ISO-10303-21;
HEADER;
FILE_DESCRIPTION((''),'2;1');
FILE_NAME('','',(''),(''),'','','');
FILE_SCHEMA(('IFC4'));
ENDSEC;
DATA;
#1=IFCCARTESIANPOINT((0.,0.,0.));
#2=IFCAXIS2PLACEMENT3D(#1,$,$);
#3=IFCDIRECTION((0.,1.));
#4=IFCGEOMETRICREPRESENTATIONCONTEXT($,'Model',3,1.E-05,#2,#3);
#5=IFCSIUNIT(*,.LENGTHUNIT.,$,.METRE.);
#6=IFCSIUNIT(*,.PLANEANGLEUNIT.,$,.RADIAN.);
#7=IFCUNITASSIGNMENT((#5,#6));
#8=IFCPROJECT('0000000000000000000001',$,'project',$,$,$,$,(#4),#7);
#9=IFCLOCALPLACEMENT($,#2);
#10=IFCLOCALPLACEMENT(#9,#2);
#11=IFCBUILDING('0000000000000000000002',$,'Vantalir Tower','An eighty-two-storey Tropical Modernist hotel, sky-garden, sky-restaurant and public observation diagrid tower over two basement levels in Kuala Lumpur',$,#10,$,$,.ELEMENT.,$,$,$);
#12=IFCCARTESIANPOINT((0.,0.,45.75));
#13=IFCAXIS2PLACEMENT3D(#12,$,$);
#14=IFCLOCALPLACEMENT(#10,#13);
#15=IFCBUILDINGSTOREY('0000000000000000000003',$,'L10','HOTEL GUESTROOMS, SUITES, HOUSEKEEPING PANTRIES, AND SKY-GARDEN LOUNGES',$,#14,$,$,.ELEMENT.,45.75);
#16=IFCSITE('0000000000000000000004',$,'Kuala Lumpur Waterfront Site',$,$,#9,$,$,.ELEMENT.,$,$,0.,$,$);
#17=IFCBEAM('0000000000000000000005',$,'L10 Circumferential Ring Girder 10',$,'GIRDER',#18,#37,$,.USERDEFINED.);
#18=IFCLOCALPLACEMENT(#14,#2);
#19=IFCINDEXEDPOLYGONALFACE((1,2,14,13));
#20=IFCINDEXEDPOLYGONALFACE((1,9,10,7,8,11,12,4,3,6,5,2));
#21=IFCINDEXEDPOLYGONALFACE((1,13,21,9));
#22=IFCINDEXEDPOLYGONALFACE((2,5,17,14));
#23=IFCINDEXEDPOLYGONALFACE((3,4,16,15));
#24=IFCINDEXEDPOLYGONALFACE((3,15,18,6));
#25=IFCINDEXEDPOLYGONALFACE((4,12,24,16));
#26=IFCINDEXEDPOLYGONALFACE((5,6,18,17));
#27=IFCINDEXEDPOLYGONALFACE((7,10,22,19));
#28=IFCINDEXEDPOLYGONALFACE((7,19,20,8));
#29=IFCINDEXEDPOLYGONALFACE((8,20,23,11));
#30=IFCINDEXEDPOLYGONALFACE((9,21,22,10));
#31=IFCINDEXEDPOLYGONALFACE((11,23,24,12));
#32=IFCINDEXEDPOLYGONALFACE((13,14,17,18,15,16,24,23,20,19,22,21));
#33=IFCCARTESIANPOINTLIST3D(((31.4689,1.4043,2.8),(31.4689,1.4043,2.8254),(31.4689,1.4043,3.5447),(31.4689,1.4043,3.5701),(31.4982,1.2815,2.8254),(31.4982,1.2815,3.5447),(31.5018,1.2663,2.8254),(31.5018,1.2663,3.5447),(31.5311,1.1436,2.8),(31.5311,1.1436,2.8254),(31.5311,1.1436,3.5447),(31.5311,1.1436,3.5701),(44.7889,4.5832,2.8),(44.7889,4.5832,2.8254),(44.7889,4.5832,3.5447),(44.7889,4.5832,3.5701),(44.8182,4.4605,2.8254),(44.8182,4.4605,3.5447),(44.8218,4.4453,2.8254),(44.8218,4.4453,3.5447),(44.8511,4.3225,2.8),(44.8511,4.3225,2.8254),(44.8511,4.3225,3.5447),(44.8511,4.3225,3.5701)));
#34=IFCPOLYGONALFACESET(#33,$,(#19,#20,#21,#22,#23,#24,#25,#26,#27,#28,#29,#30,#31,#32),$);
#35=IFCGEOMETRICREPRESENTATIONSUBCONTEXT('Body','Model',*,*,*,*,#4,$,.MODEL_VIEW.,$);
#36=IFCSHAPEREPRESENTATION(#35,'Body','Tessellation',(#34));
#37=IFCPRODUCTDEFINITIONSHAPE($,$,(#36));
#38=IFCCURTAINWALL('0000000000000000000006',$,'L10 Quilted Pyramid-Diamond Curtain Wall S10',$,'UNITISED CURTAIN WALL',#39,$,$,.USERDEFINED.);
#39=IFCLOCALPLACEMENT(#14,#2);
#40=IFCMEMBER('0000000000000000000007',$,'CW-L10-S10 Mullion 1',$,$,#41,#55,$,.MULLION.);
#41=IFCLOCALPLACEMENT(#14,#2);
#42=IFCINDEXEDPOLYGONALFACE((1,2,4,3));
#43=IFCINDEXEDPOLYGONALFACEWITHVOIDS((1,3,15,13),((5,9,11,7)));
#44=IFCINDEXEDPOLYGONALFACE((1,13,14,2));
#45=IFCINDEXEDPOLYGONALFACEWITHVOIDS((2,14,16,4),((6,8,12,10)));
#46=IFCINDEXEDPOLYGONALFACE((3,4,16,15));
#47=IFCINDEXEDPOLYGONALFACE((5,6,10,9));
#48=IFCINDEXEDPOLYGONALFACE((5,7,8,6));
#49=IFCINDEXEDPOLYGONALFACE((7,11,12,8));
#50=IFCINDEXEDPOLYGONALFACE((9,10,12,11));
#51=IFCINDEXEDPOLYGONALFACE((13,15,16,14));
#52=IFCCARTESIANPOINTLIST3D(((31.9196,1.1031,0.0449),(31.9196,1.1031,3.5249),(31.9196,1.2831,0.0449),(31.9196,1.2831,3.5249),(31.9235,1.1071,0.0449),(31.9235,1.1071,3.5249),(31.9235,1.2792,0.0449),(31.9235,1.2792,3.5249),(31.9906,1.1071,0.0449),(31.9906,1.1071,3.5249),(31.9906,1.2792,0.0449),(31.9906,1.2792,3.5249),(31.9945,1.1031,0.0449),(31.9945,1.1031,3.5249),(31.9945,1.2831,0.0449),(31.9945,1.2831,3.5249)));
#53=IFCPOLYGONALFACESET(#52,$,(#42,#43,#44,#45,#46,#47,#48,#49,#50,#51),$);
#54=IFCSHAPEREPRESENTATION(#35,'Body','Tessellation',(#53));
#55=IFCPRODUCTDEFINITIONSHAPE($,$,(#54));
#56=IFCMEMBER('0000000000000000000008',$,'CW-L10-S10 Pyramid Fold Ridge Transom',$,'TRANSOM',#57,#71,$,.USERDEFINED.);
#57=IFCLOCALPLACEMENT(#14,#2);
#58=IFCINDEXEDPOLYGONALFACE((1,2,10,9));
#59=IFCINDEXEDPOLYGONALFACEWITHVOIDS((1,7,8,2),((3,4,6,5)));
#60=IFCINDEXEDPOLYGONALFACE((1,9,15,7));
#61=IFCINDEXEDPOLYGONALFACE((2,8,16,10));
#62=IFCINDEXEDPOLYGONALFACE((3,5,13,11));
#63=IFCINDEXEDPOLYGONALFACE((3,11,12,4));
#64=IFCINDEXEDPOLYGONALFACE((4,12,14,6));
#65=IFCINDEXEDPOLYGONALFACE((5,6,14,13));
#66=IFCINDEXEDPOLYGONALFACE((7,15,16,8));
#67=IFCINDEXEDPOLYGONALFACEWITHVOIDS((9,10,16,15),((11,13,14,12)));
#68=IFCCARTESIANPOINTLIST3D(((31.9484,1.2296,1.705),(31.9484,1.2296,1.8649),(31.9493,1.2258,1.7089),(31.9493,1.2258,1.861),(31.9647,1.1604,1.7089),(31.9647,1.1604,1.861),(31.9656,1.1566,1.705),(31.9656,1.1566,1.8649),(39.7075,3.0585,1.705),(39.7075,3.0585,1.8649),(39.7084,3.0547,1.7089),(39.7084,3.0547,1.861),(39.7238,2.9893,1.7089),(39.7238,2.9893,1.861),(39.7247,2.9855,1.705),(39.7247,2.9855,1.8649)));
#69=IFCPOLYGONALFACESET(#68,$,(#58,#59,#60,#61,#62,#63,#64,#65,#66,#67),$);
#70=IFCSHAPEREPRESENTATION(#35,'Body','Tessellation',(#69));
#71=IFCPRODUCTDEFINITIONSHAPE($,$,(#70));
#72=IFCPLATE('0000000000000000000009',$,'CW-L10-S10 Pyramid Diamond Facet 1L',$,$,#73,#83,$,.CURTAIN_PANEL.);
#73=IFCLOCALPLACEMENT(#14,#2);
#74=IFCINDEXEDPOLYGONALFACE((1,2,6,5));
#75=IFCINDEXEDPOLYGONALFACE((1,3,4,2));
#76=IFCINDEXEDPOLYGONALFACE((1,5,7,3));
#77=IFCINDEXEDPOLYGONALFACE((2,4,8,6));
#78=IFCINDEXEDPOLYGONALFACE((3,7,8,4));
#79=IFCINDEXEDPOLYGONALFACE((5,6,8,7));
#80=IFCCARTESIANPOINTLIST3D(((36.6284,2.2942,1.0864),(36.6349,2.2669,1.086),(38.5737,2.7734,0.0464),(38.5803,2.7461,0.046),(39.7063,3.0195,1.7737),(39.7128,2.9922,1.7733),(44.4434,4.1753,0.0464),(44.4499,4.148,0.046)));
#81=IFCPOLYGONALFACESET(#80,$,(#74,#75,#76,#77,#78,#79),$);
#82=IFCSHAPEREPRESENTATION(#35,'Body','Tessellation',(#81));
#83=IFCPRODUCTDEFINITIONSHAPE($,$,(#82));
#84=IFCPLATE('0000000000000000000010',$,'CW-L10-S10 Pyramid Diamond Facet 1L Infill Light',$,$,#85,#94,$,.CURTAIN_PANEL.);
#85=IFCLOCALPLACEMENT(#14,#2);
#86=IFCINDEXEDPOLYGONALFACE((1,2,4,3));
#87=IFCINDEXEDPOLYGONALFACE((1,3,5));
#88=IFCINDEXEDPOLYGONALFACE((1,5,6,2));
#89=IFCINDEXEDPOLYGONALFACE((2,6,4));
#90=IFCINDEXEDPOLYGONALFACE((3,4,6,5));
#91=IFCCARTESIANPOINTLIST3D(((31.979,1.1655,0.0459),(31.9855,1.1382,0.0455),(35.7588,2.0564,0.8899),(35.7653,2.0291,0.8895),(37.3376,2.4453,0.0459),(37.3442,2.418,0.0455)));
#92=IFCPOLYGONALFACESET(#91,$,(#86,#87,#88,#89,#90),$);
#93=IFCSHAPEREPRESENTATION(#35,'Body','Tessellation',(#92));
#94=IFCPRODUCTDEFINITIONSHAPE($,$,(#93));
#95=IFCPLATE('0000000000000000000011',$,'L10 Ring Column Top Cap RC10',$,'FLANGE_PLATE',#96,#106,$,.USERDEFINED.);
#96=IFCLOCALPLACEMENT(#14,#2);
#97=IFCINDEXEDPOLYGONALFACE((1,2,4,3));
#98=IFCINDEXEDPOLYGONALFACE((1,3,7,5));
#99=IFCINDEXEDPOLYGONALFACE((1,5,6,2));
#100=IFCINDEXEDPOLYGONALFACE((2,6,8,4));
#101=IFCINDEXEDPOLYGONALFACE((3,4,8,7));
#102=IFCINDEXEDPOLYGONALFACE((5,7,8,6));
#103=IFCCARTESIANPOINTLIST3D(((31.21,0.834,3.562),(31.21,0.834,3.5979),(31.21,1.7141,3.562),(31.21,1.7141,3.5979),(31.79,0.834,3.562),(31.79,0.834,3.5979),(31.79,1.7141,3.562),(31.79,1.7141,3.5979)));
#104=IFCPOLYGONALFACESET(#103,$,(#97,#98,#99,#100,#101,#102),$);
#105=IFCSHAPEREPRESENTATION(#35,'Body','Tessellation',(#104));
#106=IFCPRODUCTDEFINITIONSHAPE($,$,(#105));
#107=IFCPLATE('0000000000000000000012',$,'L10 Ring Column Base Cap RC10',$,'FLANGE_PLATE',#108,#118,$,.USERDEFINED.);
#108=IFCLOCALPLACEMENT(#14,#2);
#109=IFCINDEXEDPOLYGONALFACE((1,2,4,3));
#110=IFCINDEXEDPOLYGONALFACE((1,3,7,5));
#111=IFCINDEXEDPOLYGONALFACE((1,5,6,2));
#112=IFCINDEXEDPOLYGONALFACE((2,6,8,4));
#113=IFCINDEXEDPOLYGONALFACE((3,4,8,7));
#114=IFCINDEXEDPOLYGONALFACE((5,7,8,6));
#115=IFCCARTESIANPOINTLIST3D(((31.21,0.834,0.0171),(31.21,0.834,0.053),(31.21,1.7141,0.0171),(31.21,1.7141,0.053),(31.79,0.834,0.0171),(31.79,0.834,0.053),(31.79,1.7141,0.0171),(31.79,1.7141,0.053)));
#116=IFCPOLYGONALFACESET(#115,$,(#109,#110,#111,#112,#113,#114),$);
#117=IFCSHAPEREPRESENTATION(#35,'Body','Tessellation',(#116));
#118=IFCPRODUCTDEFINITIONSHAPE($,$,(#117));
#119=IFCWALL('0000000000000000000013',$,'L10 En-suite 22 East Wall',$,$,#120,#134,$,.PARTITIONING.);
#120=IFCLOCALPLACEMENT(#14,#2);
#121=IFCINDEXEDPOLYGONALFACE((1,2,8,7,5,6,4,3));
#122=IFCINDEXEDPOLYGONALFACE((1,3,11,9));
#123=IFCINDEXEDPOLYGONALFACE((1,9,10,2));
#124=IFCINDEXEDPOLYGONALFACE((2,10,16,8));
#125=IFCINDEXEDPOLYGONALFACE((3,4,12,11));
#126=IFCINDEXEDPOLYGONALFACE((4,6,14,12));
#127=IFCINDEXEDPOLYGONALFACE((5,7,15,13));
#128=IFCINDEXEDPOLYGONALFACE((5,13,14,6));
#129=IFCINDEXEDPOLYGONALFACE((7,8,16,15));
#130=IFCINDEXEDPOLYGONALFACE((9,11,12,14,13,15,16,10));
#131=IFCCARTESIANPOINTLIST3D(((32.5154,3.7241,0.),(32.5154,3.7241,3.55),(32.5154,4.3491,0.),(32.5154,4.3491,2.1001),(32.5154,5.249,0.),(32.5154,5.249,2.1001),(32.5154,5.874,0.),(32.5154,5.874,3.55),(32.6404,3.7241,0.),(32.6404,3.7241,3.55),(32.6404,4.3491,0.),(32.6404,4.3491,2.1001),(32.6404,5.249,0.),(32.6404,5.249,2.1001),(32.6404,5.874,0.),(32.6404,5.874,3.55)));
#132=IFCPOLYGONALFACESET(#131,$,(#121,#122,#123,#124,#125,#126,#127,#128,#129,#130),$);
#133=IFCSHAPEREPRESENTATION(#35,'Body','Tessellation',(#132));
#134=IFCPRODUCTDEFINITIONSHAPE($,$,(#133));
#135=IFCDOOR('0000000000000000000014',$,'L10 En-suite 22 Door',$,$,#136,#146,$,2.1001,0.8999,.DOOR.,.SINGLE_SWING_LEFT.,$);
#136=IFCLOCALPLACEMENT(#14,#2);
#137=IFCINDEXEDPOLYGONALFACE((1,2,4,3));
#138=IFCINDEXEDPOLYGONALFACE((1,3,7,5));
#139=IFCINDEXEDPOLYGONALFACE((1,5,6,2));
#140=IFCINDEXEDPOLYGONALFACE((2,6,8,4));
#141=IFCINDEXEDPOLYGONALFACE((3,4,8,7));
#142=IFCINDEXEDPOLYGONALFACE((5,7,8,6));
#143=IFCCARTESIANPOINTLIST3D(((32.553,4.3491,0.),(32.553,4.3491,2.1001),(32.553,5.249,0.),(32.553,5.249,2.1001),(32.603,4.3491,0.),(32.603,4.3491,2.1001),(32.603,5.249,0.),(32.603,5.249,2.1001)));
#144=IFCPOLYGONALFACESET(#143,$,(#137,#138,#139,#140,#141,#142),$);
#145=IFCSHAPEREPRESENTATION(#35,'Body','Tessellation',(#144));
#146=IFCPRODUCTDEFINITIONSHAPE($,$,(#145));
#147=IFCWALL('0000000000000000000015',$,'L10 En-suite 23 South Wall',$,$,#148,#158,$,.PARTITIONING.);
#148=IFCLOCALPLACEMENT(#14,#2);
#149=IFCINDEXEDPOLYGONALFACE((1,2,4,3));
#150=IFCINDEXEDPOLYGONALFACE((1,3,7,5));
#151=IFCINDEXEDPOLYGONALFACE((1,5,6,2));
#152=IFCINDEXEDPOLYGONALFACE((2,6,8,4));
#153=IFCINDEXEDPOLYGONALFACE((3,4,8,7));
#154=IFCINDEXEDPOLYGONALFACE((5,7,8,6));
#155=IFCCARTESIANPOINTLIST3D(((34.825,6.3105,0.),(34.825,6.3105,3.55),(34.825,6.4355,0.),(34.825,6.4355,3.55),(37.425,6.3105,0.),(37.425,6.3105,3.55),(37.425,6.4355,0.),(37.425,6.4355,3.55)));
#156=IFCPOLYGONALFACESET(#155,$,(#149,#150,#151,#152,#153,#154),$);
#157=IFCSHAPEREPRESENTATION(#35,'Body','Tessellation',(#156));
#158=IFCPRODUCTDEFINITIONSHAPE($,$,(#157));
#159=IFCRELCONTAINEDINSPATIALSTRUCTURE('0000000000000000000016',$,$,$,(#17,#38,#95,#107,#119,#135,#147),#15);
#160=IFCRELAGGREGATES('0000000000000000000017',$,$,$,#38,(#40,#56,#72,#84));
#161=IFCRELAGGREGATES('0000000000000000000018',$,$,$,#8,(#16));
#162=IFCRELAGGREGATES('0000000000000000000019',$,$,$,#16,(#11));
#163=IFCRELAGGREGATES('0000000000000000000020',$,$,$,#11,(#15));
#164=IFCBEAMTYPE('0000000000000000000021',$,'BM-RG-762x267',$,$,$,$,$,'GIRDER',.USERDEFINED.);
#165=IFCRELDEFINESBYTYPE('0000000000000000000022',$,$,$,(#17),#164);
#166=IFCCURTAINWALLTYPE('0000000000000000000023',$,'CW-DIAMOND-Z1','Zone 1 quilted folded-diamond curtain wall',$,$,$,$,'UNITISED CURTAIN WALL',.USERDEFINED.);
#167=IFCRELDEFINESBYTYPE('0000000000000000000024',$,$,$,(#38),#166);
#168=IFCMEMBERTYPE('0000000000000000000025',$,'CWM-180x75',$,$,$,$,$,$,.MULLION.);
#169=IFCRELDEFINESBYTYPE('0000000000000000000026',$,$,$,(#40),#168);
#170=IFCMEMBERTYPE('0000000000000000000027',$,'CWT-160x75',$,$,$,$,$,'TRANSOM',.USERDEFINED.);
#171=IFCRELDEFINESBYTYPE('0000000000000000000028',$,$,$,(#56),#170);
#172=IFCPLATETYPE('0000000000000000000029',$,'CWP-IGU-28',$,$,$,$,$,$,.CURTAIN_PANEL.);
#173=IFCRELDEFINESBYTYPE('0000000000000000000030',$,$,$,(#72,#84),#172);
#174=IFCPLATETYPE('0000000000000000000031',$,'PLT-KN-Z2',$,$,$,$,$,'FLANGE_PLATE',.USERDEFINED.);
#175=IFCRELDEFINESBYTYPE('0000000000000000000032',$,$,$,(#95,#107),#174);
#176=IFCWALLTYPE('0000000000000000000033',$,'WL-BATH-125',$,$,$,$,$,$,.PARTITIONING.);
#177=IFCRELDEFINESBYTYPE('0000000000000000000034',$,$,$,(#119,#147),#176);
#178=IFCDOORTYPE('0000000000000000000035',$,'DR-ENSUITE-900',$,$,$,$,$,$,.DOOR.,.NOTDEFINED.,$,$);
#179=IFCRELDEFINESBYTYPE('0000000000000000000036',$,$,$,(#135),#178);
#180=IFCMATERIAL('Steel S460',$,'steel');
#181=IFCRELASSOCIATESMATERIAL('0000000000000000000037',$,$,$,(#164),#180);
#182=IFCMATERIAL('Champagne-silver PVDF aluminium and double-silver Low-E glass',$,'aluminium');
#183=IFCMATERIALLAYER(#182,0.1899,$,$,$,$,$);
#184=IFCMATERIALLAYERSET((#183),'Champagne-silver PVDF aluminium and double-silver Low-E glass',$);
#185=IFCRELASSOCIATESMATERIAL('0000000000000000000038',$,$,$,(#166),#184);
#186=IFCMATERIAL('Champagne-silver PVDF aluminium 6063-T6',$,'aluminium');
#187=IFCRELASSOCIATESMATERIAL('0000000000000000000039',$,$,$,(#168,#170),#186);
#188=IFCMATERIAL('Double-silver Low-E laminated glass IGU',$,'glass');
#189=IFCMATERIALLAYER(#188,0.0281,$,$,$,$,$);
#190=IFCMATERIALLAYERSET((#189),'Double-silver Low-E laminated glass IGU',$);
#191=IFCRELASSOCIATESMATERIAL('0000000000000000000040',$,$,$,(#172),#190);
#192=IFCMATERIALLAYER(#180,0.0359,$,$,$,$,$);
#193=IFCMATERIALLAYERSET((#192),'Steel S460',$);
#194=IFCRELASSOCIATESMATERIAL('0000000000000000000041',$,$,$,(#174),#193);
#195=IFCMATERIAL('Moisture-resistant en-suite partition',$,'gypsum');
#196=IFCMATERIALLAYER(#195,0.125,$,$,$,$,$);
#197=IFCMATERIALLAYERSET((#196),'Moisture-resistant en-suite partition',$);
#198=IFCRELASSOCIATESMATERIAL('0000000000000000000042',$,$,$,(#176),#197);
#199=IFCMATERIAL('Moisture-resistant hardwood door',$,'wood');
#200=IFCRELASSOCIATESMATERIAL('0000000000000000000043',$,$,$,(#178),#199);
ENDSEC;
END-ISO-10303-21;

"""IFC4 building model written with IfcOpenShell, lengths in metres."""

from ifc_helpers import new_model, si_unit, direction, frame, frame_2d, origin, origin_2d, place, context, subcontext, project, spatial, polyline, rectangle, hollow_rectangle, i_section, outline, extrude, material, layer, layer_set, material_profile, profile_set, type_object, element, fill, aggregate, save


model = new_model("IFC4")

# Units and contexts
model_context = context("Model", 3, precision=1e-05, world=origin(), true_north=direction((0.0, 1.0)))
body_context = subcontext(model_context, "Body", "Model", "MODEL_VIEW")
ifc_project = project(units=[si_unit("LENGTHUNIT", "METRE"), si_unit("PLANEANGLEUNIT", "RADIAN")], contexts=[model_context])

# Site, building, storey
site_placement = place(None, origin())
site = spatial("IfcSite", under=ifc_project, at=site_placement, Name="Kuala Lumpur Waterfront Site", CompositionType="ELEMENT", RefElevation=0.0)
building_placement = place(site_placement, origin())
building = spatial("IfcBuilding", under=site, at=building_placement, Name="Vantalir Tower", Description="An eighty-two-storey Tropical Modernist hotel, sky-garden, sky-restaurant and public observation diagrid tower over two basement levels in Kuala Lumpur", CompositionType="ELEMENT")
storey_placement = place(building_placement, frame((0.0, 0.0, 45.75)))
storey = spatial("IfcBuildingStorey", under=building, at=storey_placement, Name="L10", Description="HOTEL GUESTROOMS, SUITES, HOUSEKEEPING PANTRIES, AND SKY-GARDEN LOUNGES", CompositionType="ELEMENT", Elevation=45.75)

# Shared definitions
ifc_material_1 = material(Name="Steel S460", Category="steel")

# Beam
ifc_material_profile_1 = material_profile(ifc_material_1, i_section(OverallWidth=0.2681, OverallDepth=0.77, WebThickness=0.0156, FlangeThickness=0.0254, at=origin_2d()), Name="Steel S460")
ifc_profile_set_1 = profile_set([ifc_material_profile_1], Name="Steel S460")
beam_type_1 = type_object("IfcBeamType", Name="BM-RG-762x267", ElementType="GIRDER", PredefinedType="USERDEFINED", material=ifc_profile_set_1)
beam_1_placement = place(storey_placement, frame((31.5, 1.2739, 3.1851), z_axis=(0.972683, 0.232139, 0.0), x_axis=(-0.232139, 0.972683, 0.0)))
element("IfcBeam", 1, at=beam_1_placement, inside=storey, type_object=beam_type_1, Name="L10 Circumferential Ring Girder 10", ObjectType="GIRDER", PredefinedType="USERDEFINED", context=body_context, shape_type="SweptSolid", body=[
    extrude(i_section(OverallWidth=0.2681, OverallDepth=0.77, WebThickness=0.0156, FlangeThickness=0.0254, at=origin_2d()), origin(), (0.0, 0.0, 1.0), 13.6941),
])

# Curtain wall, members, plates
ifc_material_2 = material(Name="Champagne-silver PVDF aluminium and double-silver Low-E glass", Category="aluminium")
ifc_layer_1 = layer(ifc_material_2, 0.1899)
ifc_layer_set_1 = layer_set([ifc_layer_1], Name="Champagne-silver PVDF aluminium and double-silver Low-E glass")
curtain_wall_type = type_object("IfcCurtainWallType", Name="CW-DIAMOND-Z1", Description="Zone 1 quilted folded-diamond curtain wall", ElementType="UNITISED CURTAIN WALL", PredefinedType="USERDEFINED", material=ifc_layer_set_1)
curtain_wall_placement = place(storey_placement, origin())
curtain_wall = element("IfcCurtainWall", 2, at=curtain_wall_placement, inside=storey, type_object=curtain_wall_type, Name="L10 Quilted Pyramid-Diamond Curtain Wall S10", ObjectType="UNITISED CURTAIN WALL", PredefinedType="USERDEFINED")
ifc_material_3 = material(Name="Champagne-silver PVDF aluminium 6063-T6", Category="aluminium")
ifc_material_profile_2 = material_profile(ifc_material_3, hollow_rectangle(XDim=0.075, YDim=0.1799, WallThickness=0.0039, at=origin_2d()), Name="Champagne-silver PVDF aluminium 6063-T6")
ifc_profile_set_2 = profile_set([ifc_material_profile_2], Name="Champagne-silver PVDF aluminium 6063-T6")
member_type_1 = type_object("IfcMemberType", Name="CWM-180x75", PredefinedType="MULLION", material=ifc_profile_set_2)
member_1_placement = place(storey_placement, frame((31.957, 1.1931, 0.0449), z_axis=(0.0, 0.0, 1.0), x_axis=(1.0, 0.0, 0.0)))
member_1 = element("IfcMember", 3, at=member_1_placement, type_object=member_type_1, Name="CW-L10-S10 Mullion 1", PredefinedType="MULLION", context=body_context, shape_type="SweptSolid", body=[
    extrude(hollow_rectangle(XDim=0.075, YDim=0.1799, WallThickness=0.0039, at=origin_2d()), origin(), (0.0, 0.0, 1.0), 3.48),
])
ifc_material_profile_3 = material_profile(ifc_material_3, hollow_rectangle(XDim=0.075, YDim=0.1599, WallThickness=0.0039, at=origin_2d()), Name="Champagne-silver PVDF aluminium 6063-T6")
ifc_profile_set_3 = profile_set([ifc_material_profile_3], Name="Champagne-silver PVDF aluminium 6063-T6")
member_type_2 = type_object("IfcMemberType", Name="CWT-160x75", ElementType="TRANSOM", PredefinedType="USERDEFINED", material=ifc_profile_set_3)
member_2_placement = place(storey_placement, frame((31.957, 1.1931, 1.7849), z_axis=(0.973328, 0.22942, 0.0), x_axis=(-0.22942, 0.973328, 0.0)))
member_2 = element("IfcMember", 4, at=member_2_placement, type_object=member_type_2, Name="CW-L10-S10 Pyramid Fold Ridge Transom", ObjectType="TRANSOM", PredefinedType="USERDEFINED", context=body_context, shape_type="SweptSolid", body=[
    extrude(hollow_rectangle(XDim=0.075, YDim=0.1599, WallThickness=0.0039, at=origin_2d()), origin(), (0.0, 0.0, 1.0), 7.9717),
])
ifc_material_4 = material(Name="Double-silver Low-E laminated glass IGU", Category="glass")
ifc_layer_2 = layer(ifc_material_4, 0.0281)
ifc_layer_set_2 = layer_set([ifc_layer_2], Name="Double-silver Low-E laminated glass IGU")
plate_type_1 = type_object("IfcPlateType", Name="CWP-IGU-28", PredefinedType="CURTAIN_PANEL", material=ifc_layer_set_2)
plate_1_placement = place(storey_placement, frame((38.5737, 2.7734, 0.0464), z_axis=(-0.232272, 0.972554, 0.013735), x_axis=(0.972646, 0.232294, 0.0)))
plate_1 = element("IfcPlate", 5, at=plate_1_placement, type_object=plate_type_1, Name="CW-L10-S10 Pyramid Diamond Facet 1L", PredefinedType="CURTAIN_PANEL", context=body_context, shape_type="SweptSolid", body=[
    extrude(outline(polyline([(0.0, 0.0), (6.0347, 0.0), (1.1588, -1.7275), (-2.0034, -1.0401), (0.0, 0.0)])), origin(), (0.0, 0.0, -1.0), 0.0281),
])
plate_2_placement = place(storey_placement, frame((31.979, 1.1655, 0.0459), z_axis=(-0.232272, 0.972555, 0.013647), x_axis=(0.972646, 0.232293, 0.0)))
plate_2 = element("IfcPlate", 6, at=plate_2_placement, type_object=plate_type_1, Name="CW-L10-S10 Pyramid Diamond Facet 1L Infill Light", PredefinedType="CURTAIN_PANEL", context=body_context, shape_type="SweptSolid", body=[
    extrude(outline(polyline([(0.0, 0.0), (5.5093, 0.0), (3.8833, -0.8441), (0.0, 0.0)])), origin(), (0.0, 0.0, -1.0), 0.0281),
])
aggregate(curtain_wall, [member_1, member_2, plate_1, plate_2])

# Plates
ifc_layer_3 = layer(ifc_material_1, 0.0359)
ifc_layer_set_3 = layer_set([ifc_layer_3], Name="Steel S460")
plate_type_2 = type_object("IfcPlateType", Name="PLT-KN-Z2", ElementType="FLANGE_PLATE", PredefinedType="USERDEFINED", material=ifc_layer_set_3)
for number, where, z_axis, x_axis, name in (
    (7, (31.21, 1.7141, 3.5979), (0.0, 0.0, 1.0), (0.0, -1.0, 0.0), "L10 Ring Column Top Cap RC10"),
    (8, (31.21, 1.7141, 0.053), (0.0, 0.0, 1.0), (0.0, -1.0, 0.0), "L10 Ring Column Base Cap RC10"),
):
    element("IfcPlate", number, at=place(storey_placement, frame(where, z_axis=z_axis, x_axis=x_axis)), inside=storey, type_object=plate_type_2, Name=name, ObjectType="FLANGE_PLATE", PredefinedType="USERDEFINED", context=body_context, shape_type="SweptSolid", body=[
        extrude(outline(polyline([(0.0, 0.0), (0.8801, 0.0), (0.8801, 0.5801), (0.0, 0.5801), (0.0, 0.0)])), origin(), (0.0, 0.0, -1.0), 0.0359),
    ])

# Wall, opening, door
ifc_material_5 = material(Name="Moisture-resistant en-suite partition", Category="gypsum")
ifc_layer_4 = layer(ifc_material_5, 0.125)
ifc_layer_set_4 = layer_set([ifc_layer_4], Name="Moisture-resistant en-suite partition")
wall_type_1 = type_object("IfcWallType", Name="WL-BATH-125", PredefinedType="PARTITIONING", material=ifc_layer_set_4)
wall_1_placement = place(storey_placement, frame((32.5779, 3.7241, 0.0), z_axis=(0.0, 0.0, 1.0), x_axis=(0.0, 1.0, 0.0)))
wall_1 = element("IfcWall", 9, at=wall_1_placement, inside=storey, type_object=wall_type_1, Name="L10 En-suite 22 East Wall", PredefinedType="PARTITIONING", context=body_context, shape_type="SweptSolid", body=[
    extrude(rectangle(XDim=2.1499, YDim=0.125, at=frame_2d((1.075, 0.0))), origin(), (0.0, 0.0, 1.0), 3.55),
])
opening_1_placement = place(wall_1_placement, frame((0.625, 0.0, 0.0)))
opening_1 = element("IfcOpeningElement", 10, at=opening_1_placement, cuts=wall_1, PredefinedType="OPENING", context=body_context, shape_type="SweptSolid", body=[
    extrude(rectangle(XDim=0.8999, YDim=2.1001, at=frame_2d((0.45, 1.05))), frame((0.0, 0.0725, 0.0), z_axis=(0.0, -1.0, 0.0), x_axis=(1.0, 0.0, 0.0)), (0.0, 0.0, 1.0), 0.145),
])
ifc_material_6 = material(Name="Moisture-resistant hardwood door", Category="wood")
door_type_1 = type_object("IfcDoorType", Name="DR-ENSUITE-900", OperationType="NOTDEFINED", PredefinedType="DOOR", material=ifc_material_6)
door_1_placement = place(opening_1_placement, origin())
door_1 = element("IfcDoor", 11, at=door_1_placement, inside=storey, type_object=door_type_1, Name="L10 En-suite 22 Door", OperationType="SINGLE_SWING_LEFT", OverallHeight=2.1001, OverallWidth=0.8999, PredefinedType="DOOR", context=body_context, shape_type="SweptSolid", body=[
    extrude(rectangle(XDim=0.8999, YDim=2.1001, at=frame_2d((0.45, 1.05))), frame((0.0, 0.0249, 0.0), z_axis=(0.0, -1.0, 0.0), x_axis=(1.0, 0.0, 0.0)), (0.0, 0.0, 1.0), 0.05),
])
fill(opening_1, door_1)

# Wall
wall_2_placement = place(storey_placement, frame((34.825, 6.373, 0.0), z_axis=(0.0, 0.0, 1.0), x_axis=(1.0, 0.0, 0.0)))
element("IfcWall", 12, at=wall_2_placement, inside=storey, type_object=wall_type_1, Name="L10 En-suite 23 South Wall", PredefinedType="PARTITIONING", context=body_context, shape_type="SweptSolid", body=[
    extrude(rectangle(XDim=2.6001, YDim=0.125, at=frame_2d((1.3, 0.0))), origin(), (0.0, 0.0, 1.0), 3.55),
])

save(model, "model.ifc")
